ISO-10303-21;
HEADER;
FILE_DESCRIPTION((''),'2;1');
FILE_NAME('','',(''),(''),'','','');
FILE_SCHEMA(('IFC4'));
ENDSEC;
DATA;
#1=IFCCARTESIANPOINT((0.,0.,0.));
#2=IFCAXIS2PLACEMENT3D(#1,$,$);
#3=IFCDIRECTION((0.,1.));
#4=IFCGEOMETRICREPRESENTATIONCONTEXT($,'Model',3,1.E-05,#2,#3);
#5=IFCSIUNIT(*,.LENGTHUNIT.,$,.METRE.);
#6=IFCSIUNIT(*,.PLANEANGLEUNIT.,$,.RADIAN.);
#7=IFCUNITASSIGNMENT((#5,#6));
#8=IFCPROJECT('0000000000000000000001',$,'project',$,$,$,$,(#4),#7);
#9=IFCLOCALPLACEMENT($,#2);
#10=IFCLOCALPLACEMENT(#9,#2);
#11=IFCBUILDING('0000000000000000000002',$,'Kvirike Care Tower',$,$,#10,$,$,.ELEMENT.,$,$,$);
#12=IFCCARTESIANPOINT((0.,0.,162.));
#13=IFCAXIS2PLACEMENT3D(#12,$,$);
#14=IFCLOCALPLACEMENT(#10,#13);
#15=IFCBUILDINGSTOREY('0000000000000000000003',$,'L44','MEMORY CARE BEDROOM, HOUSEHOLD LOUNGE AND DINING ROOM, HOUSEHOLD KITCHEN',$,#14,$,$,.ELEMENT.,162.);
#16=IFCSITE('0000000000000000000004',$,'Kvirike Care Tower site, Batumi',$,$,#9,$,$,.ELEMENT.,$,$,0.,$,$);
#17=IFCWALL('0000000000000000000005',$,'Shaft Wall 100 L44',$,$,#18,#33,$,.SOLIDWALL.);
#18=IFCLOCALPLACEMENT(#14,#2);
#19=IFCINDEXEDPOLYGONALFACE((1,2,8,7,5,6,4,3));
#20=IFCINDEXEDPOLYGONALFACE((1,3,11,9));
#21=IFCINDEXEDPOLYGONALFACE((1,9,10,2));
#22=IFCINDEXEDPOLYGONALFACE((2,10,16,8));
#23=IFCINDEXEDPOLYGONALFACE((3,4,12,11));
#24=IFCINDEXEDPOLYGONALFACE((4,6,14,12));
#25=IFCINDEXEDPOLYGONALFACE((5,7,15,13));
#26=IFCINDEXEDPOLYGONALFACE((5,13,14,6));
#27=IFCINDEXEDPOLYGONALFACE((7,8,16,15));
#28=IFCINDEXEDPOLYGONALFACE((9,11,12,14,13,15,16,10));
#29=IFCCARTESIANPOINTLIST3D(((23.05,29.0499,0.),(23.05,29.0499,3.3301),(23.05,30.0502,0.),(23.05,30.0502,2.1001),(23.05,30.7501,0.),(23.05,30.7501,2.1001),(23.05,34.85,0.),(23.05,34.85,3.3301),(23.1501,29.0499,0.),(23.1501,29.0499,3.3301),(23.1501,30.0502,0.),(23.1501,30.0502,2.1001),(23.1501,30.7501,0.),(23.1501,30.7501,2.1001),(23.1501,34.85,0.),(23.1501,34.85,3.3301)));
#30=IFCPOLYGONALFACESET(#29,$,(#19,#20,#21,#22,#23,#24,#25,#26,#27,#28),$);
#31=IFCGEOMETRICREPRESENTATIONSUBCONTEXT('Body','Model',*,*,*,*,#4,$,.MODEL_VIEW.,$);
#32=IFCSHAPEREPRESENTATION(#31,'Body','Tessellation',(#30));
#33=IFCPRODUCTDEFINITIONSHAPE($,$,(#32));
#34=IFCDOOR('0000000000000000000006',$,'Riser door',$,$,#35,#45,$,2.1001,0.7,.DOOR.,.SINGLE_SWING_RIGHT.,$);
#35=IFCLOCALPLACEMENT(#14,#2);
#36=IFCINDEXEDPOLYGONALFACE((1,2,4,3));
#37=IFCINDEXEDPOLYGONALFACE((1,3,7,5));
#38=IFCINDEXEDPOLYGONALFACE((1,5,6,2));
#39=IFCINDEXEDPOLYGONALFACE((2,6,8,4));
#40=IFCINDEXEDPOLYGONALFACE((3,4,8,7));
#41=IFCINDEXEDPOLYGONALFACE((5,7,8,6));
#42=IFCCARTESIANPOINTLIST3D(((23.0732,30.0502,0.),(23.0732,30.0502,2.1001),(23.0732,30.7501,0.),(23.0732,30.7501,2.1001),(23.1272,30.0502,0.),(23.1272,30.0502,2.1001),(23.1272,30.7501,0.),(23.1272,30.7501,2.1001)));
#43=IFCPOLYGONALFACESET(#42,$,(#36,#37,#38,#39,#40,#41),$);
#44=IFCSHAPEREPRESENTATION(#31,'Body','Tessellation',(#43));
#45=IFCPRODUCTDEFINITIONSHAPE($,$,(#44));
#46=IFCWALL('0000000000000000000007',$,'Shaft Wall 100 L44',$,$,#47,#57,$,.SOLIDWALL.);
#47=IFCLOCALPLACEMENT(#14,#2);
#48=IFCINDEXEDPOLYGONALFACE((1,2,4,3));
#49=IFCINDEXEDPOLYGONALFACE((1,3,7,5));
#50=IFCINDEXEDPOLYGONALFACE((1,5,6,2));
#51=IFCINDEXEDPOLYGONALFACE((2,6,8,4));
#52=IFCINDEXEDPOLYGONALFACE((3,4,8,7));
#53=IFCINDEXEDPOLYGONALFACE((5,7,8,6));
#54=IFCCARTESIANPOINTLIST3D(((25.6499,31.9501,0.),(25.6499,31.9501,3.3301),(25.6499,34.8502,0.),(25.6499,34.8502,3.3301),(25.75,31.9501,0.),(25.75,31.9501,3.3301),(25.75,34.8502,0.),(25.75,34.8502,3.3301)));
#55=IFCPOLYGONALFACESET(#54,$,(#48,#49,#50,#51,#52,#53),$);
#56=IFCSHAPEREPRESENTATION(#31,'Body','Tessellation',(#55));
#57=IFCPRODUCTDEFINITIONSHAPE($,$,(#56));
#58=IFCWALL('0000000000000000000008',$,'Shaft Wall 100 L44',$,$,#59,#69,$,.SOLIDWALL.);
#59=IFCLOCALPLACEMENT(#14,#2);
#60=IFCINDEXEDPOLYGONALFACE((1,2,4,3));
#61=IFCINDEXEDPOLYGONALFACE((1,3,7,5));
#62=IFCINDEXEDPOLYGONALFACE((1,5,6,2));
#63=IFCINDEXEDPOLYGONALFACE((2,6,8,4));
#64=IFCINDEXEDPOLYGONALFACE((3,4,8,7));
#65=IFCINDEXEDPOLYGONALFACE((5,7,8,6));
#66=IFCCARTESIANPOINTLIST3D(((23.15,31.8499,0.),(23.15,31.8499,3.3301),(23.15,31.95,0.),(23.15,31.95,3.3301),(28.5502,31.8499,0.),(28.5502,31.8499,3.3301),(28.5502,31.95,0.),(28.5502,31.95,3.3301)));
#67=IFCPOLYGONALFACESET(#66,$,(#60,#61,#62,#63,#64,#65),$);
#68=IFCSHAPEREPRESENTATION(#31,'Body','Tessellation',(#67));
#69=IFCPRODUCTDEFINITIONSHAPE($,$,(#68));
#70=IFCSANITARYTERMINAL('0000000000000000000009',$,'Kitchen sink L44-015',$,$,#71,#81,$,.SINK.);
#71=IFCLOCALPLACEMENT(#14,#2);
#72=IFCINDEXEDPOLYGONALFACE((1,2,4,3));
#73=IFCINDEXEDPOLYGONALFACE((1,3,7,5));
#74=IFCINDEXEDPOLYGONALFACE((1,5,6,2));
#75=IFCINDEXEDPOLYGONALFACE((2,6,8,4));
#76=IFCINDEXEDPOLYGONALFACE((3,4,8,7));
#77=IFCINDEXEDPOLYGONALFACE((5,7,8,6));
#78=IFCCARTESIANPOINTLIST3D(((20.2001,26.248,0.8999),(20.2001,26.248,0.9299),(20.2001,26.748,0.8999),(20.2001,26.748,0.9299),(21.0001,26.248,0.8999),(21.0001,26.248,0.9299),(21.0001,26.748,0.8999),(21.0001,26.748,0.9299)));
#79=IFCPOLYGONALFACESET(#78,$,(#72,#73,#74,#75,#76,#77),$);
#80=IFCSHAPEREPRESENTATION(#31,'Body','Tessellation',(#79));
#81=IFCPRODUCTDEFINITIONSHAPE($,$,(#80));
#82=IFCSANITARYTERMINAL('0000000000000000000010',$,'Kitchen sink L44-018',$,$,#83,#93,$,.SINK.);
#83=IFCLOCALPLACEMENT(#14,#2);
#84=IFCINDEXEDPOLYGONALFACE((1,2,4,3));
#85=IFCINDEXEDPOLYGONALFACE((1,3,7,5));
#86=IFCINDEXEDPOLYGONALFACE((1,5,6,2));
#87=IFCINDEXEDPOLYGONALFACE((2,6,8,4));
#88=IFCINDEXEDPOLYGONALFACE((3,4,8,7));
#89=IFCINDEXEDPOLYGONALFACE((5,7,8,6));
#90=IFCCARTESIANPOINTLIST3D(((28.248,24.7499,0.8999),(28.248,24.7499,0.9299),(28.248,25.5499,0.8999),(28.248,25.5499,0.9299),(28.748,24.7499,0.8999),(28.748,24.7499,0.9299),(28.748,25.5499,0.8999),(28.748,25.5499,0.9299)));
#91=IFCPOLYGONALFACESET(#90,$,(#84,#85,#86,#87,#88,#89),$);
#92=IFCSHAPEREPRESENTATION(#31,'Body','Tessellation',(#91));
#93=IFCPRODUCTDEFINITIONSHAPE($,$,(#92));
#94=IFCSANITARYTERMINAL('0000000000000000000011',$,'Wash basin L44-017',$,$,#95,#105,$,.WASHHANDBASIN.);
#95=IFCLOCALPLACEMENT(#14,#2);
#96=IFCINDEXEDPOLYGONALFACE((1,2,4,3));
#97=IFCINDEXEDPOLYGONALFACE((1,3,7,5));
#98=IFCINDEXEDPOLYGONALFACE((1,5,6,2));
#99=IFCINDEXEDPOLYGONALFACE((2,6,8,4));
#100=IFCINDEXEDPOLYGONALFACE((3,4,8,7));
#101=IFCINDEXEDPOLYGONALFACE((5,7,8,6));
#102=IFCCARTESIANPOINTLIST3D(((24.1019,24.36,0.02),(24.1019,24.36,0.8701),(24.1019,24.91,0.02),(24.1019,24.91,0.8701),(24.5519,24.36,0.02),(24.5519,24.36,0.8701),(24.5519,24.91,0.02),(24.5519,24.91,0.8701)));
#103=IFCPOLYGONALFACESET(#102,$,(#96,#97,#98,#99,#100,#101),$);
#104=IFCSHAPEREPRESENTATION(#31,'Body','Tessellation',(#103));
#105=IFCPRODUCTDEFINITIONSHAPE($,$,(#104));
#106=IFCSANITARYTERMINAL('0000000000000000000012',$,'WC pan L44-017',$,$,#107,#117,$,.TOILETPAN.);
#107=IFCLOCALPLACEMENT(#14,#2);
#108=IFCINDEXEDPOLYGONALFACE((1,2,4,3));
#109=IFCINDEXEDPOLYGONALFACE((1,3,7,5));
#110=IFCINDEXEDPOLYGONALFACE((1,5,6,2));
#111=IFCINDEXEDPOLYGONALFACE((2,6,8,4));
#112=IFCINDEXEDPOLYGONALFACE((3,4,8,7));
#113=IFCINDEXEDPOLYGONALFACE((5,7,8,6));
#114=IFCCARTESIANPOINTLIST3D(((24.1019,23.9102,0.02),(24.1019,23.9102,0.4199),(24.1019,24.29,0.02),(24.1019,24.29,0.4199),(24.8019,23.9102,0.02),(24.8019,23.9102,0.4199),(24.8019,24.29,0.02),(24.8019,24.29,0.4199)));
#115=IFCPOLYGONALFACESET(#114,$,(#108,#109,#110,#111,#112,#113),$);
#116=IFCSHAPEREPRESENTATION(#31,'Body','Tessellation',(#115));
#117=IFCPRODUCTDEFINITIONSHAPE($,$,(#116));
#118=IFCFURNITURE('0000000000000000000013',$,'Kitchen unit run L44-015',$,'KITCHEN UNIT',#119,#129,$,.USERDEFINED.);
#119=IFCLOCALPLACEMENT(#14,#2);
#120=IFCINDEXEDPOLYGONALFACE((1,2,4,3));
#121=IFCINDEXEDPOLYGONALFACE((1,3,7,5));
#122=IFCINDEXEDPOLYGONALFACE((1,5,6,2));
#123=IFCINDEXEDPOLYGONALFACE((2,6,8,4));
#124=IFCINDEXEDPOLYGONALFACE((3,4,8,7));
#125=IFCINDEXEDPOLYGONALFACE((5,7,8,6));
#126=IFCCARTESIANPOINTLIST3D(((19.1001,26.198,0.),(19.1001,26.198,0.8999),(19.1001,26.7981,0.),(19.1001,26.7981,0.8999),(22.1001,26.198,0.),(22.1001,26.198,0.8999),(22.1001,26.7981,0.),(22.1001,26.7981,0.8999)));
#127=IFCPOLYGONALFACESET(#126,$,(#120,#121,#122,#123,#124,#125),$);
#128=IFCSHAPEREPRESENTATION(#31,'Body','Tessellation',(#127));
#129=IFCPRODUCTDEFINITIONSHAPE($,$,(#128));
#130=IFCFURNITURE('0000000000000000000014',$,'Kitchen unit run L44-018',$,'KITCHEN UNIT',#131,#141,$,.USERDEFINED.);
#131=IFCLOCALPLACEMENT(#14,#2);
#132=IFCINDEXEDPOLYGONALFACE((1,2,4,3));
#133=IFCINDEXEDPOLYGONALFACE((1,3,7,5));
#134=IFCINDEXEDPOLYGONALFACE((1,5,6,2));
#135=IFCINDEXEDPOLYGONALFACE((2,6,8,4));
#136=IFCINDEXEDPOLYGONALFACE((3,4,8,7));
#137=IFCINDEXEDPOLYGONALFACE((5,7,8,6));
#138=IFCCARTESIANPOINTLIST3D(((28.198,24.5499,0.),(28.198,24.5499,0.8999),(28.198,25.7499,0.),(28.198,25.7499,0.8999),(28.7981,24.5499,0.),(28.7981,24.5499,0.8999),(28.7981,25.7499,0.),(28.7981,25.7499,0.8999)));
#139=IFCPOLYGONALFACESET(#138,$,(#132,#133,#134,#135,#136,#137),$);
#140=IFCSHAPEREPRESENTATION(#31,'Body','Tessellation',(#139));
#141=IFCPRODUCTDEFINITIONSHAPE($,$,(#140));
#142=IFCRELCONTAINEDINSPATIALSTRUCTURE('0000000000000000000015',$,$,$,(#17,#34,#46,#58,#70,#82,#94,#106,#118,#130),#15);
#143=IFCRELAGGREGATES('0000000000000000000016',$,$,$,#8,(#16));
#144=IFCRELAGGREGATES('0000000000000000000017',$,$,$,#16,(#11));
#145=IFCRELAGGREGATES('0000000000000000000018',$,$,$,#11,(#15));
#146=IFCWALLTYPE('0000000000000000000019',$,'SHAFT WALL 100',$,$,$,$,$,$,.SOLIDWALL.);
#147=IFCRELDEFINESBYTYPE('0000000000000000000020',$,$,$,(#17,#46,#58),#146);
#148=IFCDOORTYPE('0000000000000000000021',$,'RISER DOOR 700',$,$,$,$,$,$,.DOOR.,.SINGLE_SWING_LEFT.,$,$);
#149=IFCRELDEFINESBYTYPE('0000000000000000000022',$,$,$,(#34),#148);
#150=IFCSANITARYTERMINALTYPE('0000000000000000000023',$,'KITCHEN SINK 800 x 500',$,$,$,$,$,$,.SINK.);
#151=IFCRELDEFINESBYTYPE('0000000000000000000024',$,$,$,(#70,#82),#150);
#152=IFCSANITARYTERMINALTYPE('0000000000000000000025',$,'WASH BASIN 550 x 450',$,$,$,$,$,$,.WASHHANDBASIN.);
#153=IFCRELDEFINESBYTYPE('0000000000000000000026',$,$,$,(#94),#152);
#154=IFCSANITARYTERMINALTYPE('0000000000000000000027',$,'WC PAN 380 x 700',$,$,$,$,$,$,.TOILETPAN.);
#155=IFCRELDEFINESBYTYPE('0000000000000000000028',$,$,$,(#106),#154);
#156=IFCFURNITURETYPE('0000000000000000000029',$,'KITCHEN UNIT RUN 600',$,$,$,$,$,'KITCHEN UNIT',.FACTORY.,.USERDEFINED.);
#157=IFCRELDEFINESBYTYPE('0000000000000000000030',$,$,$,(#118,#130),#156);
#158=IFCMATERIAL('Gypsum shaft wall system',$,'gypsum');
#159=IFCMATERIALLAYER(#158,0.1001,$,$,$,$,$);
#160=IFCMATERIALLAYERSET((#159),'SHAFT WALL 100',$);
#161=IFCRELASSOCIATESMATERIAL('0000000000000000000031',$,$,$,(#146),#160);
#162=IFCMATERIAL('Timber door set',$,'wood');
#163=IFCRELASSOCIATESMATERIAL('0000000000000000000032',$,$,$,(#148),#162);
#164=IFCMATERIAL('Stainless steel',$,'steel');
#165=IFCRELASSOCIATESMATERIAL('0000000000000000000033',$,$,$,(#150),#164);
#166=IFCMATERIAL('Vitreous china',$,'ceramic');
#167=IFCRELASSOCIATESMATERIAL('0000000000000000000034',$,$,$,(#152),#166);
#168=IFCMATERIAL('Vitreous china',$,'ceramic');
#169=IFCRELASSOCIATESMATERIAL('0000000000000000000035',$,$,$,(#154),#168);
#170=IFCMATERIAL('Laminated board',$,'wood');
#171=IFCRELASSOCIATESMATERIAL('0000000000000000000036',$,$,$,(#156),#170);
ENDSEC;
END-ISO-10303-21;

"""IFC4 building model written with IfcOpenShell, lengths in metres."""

from ifc_helpers import new_model, si_unit, direction, frame, frame_2d, origin, origin_2d, place, context, subcontext, project, spatial, rectangle, extrude, material, layer, layer_set, type_object, element, fill, save


model = new_model("IFC4")

# Units and contexts
model_context = context("Model", 3, precision=1e-05, world=origin(), true_north=direction((0.0, 1.0)))
body_context = subcontext(model_context, "Body", "Model", "MODEL_VIEW")
ifc_project = project(units=[si_unit("LENGTHUNIT", "METRE"), si_unit("PLANEANGLEUNIT", "RADIAN")], contexts=[model_context])

# Site, building, storey
site_placement = place(None, origin())
site = spatial("IfcSite", under=ifc_project, at=site_placement, Name="Kvirike Care Tower site, Batumi", CompositionType="ELEMENT", RefElevation=0.0)
building_placement = place(site_placement, origin())
building = spatial("IfcBuilding", under=site, at=building_placement, Name="Kvirike Care Tower", CompositionType="ELEMENT")
storey_placement = place(building_placement, frame((0.0, 0.0, 162.0)))
storey = spatial("IfcBuildingStorey", under=building, at=storey_placement, Name="L44", Description="MEMORY CARE BEDROOM, HOUSEHOLD LOUNGE AND DINING ROOM, HOUSEHOLD KITCHEN", CompositionType="ELEMENT", Elevation=162.0)

# Shared definitions
ifc_material_1 = material(Name="Gypsum shaft wall system", Category="gypsum")
ifc_layer_1 = layer(ifc_material_1, 0.1001)
ifc_layer_set_1 = layer_set([ifc_layer_1], Name="SHAFT WALL 100")
wall_type_1 = type_object("IfcWallType", Name="SHAFT WALL 100", PredefinedType="SOLIDWALL", material=ifc_layer_set_1)

# Wall, opening, door
wall_1_placement = place(storey_placement, frame((23.1001, 29.05, 0.0), z_axis=(0.0, 0.0, 1.0), x_axis=(0.0, 1.0, 0.0)))
wall_1 = element("IfcWall", 1, at=wall_1_placement, inside=storey, type_object=wall_type_1, Name="Shaft Wall 100 L44", PredefinedType="SOLIDWALL", context=body_context, shape_type="SweptSolid", body=[
    extrude(rectangle(XDim=5.8, YDim=0.1001, at=frame_2d((2.8999, 0.0))), origin(), (0.0, 0.0, 1.0), 3.3301),
])
opening_1_placement = place(wall_1_placement, frame((1.0, 0.0, 0.0)))
opening_1 = element("IfcOpeningElement", 2, at=opening_1_placement, cuts=wall_1, PredefinedType="OPENING", context=body_context, shape_type="SweptSolid", body=[
    extrude(rectangle(XDim=0.7, YDim=2.1001, at=frame_2d((0.3501, 1.05))), frame((0.0, 0.0605, 0.0), z_axis=(0.0, -1.0, 0.0), x_axis=(1.0, 0.0, 0.0)), (0.0, 0.0, 1.0), 0.1211),
])
ifc_material_2 = material(Name="Timber door set", Category="wood")
door_type_1 = type_object("IfcDoorType", Name="RISER DOOR 700", OperationType="SINGLE_SWING_LEFT", PredefinedType="DOOR", material=ifc_material_2)
door_1_placement = place(opening_1_placement, origin())
door_1 = element("IfcDoor", 3, at=door_1_placement, inside=storey, type_object=door_type_1, Name="Riser door", OperationType="SINGLE_SWING_RIGHT", OverallHeight=2.1001, OverallWidth=0.7, PredefinedType="DOOR", context=body_context, shape_type="SweptSolid", body=[
    extrude(rectangle(XDim=0.7, YDim=2.1001, at=frame_2d((0.3501, 1.05))), frame((0.0, 0.0269, 0.0), z_axis=(0.0, -1.0, 0.0), x_axis=(1.0, 0.0, 0.0)), (0.0, 0.0, 1.0), 0.054),
])
fill(opening_1, door_1)

# Walls
wall_2_placement = place(storey_placement, frame((25.7, 31.95, 0.0), z_axis=(0.0, 0.0, 1.0), x_axis=(0.0, 1.0, 0.0)))
element("IfcWall", 4, at=wall_2_placement, inside=storey, type_object=wall_type_1, Name="Shaft Wall 100 L44", PredefinedType="SOLIDWALL", context=body_context, shape_type="SweptSolid", body=[
    extrude(rectangle(XDim=2.9001, YDim=0.1001, at=frame_2d((1.4502, 0.0))), origin(), (0.0, 0.0, 1.0), 3.3301),
])
wall_3_placement = place(storey_placement, frame((23.1499, 31.8999, 0.0), z_axis=(0.0, 0.0, 1.0), x_axis=(1.0, 0.0, 0.0)))
element("IfcWall", 5, at=wall_3_placement, inside=storey, type_object=wall_type_1, Name="Shaft Wall 100 L44", PredefinedType="SOLIDWALL", context=body_context, shape_type="SweptSolid", body=[
    extrude(rectangle(XDim=5.4001, YDim=0.1001, at=frame_2d((2.7002, 0.0))), origin(), (0.0, 0.0, 1.0), 3.3301),
])

# Sanitary terminals
ifc_material_3 = material(Name="Stainless steel", Category="steel")
sanitary_terminal_type_1 = type_object("IfcSanitaryTerminalType", Name="KITCHEN SINK 800 x 500", PredefinedType="SINK", material=ifc_material_3)
for number, where, z_axis, x_axis, name in (
    (6, (20.6001, 26.498, 0.8999), (0.0, 0.0, 1.0), (1.0, 0.0, 0.0), "Kitchen sink L44-015"),
    (7, (28.498, 25.1499, 0.8999), (0.0, 0.0, 1.0), (0.0, -1.0, 0.0), "Kitchen sink L44-018"),
):
    element("IfcSanitaryTerminal", number, at=place(storey_placement, frame(where, z_axis=z_axis, x_axis=x_axis)), inside=storey, type_object=sanitary_terminal_type_1, Name=name, PredefinedType="SINK", context=body_context, shape_type="SweptSolid", body=[
        extrude(rectangle(XDim=0.8, YDim=0.5, at=origin_2d()), origin(), (0.0, 0.0, 1.0), 0.03),
    ])
ifc_material_4 = material(Name="Vitreous china", Category="ceramic")
sanitary_terminal_type_2 = type_object("IfcSanitaryTerminalType", Name="WASH BASIN 550 x 450", PredefinedType="WASHHANDBASIN", material=ifc_material_4)
sanitary_terminal_1_placement = place(storey_placement, frame((24.3269, 24.635, 0.02), z_axis=(0.0, 0.0, 1.0), x_axis=(0.0, 1.0, 0.0)))
element("IfcSanitaryTerminal", 8, at=sanitary_terminal_1_placement, inside=storey, type_object=sanitary_terminal_type_2, Name="Wash basin L44-017", PredefinedType="WASHHANDBASIN", context=body_context, shape_type="SweptSolid", body=[
    extrude(rectangle(XDim=0.55, YDim=0.45, at=origin_2d()), origin(), (0.0, 0.0, 1.0), 0.8501),
])
ifc_material_5 = material(Name="Vitreous china", Category="ceramic")
sanitary_terminal_type_3 = type_object("IfcSanitaryTerminalType", Name="WC PAN 380 x 700", PredefinedType="TOILETPAN", material=ifc_material_5)
sanitary_terminal_2_placement = place(storey_placement, frame((24.4519, 24.1001, 0.02), z_axis=(0.0, 0.0, 1.0), x_axis=(0.0, 1.0, 0.0)))
element("IfcSanitaryTerminal", 9, at=sanitary_terminal_2_placement, inside=storey, type_object=sanitary_terminal_type_3, Name="WC pan L44-017", PredefinedType="TOILETPAN", context=body_context, shape_type="SweptSolid", body=[
    extrude(rectangle(XDim=0.3799, YDim=0.7, at=origin_2d()), origin(), (0.0, 0.0, 1.0), 0.3999),
])

# Furniture
ifc_material_6 = material(Name="Laminated board", Category="wood")
furniture_type = type_object("IfcFurnitureType", Name="KITCHEN UNIT RUN 600", ElementType="KITCHEN UNIT", AssemblyPlace="FACTORY", PredefinedType="USERDEFINED", material=ifc_material_6)
furniture_1_placement = place(storey_placement, frame((20.6001, 26.498, 0.0), z_axis=(0.0, 0.0, 1.0), x_axis=(1.0, 0.0, 0.0)))
element("IfcFurniture", 10, at=furniture_1_placement, inside=storey, type_object=furniture_type, Name="Kitchen unit run L44-015", ObjectType="KITCHEN UNIT", PredefinedType="USERDEFINED", context=body_context, shape_type="SweptSolid", body=[
    extrude(rectangle(XDim=3.0, YDim=0.6001, at=origin_2d()), origin(), (0.0, 0.0, 1.0), 0.8999),
])
furniture_2_placement = place(storey_placement, frame((28.498, 25.1499, 0.0), z_axis=(0.0, 0.0, 1.0), x_axis=(0.0, -1.0, 0.0)))
element("IfcFurniture", 11, at=furniture_2_placement, inside=storey, type_object=furniture_type, Name="Kitchen unit run L44-018", ObjectType="KITCHEN UNIT", PredefinedType="USERDEFINED", context=body_context, shape_type="SweptSolid", body=[
    extrude(rectangle(XDim=1.2, YDim=0.6001, at=origin_2d()), origin(), (0.0, 0.0, 1.0), 0.8999),
])

save(model, "model.ifc")
